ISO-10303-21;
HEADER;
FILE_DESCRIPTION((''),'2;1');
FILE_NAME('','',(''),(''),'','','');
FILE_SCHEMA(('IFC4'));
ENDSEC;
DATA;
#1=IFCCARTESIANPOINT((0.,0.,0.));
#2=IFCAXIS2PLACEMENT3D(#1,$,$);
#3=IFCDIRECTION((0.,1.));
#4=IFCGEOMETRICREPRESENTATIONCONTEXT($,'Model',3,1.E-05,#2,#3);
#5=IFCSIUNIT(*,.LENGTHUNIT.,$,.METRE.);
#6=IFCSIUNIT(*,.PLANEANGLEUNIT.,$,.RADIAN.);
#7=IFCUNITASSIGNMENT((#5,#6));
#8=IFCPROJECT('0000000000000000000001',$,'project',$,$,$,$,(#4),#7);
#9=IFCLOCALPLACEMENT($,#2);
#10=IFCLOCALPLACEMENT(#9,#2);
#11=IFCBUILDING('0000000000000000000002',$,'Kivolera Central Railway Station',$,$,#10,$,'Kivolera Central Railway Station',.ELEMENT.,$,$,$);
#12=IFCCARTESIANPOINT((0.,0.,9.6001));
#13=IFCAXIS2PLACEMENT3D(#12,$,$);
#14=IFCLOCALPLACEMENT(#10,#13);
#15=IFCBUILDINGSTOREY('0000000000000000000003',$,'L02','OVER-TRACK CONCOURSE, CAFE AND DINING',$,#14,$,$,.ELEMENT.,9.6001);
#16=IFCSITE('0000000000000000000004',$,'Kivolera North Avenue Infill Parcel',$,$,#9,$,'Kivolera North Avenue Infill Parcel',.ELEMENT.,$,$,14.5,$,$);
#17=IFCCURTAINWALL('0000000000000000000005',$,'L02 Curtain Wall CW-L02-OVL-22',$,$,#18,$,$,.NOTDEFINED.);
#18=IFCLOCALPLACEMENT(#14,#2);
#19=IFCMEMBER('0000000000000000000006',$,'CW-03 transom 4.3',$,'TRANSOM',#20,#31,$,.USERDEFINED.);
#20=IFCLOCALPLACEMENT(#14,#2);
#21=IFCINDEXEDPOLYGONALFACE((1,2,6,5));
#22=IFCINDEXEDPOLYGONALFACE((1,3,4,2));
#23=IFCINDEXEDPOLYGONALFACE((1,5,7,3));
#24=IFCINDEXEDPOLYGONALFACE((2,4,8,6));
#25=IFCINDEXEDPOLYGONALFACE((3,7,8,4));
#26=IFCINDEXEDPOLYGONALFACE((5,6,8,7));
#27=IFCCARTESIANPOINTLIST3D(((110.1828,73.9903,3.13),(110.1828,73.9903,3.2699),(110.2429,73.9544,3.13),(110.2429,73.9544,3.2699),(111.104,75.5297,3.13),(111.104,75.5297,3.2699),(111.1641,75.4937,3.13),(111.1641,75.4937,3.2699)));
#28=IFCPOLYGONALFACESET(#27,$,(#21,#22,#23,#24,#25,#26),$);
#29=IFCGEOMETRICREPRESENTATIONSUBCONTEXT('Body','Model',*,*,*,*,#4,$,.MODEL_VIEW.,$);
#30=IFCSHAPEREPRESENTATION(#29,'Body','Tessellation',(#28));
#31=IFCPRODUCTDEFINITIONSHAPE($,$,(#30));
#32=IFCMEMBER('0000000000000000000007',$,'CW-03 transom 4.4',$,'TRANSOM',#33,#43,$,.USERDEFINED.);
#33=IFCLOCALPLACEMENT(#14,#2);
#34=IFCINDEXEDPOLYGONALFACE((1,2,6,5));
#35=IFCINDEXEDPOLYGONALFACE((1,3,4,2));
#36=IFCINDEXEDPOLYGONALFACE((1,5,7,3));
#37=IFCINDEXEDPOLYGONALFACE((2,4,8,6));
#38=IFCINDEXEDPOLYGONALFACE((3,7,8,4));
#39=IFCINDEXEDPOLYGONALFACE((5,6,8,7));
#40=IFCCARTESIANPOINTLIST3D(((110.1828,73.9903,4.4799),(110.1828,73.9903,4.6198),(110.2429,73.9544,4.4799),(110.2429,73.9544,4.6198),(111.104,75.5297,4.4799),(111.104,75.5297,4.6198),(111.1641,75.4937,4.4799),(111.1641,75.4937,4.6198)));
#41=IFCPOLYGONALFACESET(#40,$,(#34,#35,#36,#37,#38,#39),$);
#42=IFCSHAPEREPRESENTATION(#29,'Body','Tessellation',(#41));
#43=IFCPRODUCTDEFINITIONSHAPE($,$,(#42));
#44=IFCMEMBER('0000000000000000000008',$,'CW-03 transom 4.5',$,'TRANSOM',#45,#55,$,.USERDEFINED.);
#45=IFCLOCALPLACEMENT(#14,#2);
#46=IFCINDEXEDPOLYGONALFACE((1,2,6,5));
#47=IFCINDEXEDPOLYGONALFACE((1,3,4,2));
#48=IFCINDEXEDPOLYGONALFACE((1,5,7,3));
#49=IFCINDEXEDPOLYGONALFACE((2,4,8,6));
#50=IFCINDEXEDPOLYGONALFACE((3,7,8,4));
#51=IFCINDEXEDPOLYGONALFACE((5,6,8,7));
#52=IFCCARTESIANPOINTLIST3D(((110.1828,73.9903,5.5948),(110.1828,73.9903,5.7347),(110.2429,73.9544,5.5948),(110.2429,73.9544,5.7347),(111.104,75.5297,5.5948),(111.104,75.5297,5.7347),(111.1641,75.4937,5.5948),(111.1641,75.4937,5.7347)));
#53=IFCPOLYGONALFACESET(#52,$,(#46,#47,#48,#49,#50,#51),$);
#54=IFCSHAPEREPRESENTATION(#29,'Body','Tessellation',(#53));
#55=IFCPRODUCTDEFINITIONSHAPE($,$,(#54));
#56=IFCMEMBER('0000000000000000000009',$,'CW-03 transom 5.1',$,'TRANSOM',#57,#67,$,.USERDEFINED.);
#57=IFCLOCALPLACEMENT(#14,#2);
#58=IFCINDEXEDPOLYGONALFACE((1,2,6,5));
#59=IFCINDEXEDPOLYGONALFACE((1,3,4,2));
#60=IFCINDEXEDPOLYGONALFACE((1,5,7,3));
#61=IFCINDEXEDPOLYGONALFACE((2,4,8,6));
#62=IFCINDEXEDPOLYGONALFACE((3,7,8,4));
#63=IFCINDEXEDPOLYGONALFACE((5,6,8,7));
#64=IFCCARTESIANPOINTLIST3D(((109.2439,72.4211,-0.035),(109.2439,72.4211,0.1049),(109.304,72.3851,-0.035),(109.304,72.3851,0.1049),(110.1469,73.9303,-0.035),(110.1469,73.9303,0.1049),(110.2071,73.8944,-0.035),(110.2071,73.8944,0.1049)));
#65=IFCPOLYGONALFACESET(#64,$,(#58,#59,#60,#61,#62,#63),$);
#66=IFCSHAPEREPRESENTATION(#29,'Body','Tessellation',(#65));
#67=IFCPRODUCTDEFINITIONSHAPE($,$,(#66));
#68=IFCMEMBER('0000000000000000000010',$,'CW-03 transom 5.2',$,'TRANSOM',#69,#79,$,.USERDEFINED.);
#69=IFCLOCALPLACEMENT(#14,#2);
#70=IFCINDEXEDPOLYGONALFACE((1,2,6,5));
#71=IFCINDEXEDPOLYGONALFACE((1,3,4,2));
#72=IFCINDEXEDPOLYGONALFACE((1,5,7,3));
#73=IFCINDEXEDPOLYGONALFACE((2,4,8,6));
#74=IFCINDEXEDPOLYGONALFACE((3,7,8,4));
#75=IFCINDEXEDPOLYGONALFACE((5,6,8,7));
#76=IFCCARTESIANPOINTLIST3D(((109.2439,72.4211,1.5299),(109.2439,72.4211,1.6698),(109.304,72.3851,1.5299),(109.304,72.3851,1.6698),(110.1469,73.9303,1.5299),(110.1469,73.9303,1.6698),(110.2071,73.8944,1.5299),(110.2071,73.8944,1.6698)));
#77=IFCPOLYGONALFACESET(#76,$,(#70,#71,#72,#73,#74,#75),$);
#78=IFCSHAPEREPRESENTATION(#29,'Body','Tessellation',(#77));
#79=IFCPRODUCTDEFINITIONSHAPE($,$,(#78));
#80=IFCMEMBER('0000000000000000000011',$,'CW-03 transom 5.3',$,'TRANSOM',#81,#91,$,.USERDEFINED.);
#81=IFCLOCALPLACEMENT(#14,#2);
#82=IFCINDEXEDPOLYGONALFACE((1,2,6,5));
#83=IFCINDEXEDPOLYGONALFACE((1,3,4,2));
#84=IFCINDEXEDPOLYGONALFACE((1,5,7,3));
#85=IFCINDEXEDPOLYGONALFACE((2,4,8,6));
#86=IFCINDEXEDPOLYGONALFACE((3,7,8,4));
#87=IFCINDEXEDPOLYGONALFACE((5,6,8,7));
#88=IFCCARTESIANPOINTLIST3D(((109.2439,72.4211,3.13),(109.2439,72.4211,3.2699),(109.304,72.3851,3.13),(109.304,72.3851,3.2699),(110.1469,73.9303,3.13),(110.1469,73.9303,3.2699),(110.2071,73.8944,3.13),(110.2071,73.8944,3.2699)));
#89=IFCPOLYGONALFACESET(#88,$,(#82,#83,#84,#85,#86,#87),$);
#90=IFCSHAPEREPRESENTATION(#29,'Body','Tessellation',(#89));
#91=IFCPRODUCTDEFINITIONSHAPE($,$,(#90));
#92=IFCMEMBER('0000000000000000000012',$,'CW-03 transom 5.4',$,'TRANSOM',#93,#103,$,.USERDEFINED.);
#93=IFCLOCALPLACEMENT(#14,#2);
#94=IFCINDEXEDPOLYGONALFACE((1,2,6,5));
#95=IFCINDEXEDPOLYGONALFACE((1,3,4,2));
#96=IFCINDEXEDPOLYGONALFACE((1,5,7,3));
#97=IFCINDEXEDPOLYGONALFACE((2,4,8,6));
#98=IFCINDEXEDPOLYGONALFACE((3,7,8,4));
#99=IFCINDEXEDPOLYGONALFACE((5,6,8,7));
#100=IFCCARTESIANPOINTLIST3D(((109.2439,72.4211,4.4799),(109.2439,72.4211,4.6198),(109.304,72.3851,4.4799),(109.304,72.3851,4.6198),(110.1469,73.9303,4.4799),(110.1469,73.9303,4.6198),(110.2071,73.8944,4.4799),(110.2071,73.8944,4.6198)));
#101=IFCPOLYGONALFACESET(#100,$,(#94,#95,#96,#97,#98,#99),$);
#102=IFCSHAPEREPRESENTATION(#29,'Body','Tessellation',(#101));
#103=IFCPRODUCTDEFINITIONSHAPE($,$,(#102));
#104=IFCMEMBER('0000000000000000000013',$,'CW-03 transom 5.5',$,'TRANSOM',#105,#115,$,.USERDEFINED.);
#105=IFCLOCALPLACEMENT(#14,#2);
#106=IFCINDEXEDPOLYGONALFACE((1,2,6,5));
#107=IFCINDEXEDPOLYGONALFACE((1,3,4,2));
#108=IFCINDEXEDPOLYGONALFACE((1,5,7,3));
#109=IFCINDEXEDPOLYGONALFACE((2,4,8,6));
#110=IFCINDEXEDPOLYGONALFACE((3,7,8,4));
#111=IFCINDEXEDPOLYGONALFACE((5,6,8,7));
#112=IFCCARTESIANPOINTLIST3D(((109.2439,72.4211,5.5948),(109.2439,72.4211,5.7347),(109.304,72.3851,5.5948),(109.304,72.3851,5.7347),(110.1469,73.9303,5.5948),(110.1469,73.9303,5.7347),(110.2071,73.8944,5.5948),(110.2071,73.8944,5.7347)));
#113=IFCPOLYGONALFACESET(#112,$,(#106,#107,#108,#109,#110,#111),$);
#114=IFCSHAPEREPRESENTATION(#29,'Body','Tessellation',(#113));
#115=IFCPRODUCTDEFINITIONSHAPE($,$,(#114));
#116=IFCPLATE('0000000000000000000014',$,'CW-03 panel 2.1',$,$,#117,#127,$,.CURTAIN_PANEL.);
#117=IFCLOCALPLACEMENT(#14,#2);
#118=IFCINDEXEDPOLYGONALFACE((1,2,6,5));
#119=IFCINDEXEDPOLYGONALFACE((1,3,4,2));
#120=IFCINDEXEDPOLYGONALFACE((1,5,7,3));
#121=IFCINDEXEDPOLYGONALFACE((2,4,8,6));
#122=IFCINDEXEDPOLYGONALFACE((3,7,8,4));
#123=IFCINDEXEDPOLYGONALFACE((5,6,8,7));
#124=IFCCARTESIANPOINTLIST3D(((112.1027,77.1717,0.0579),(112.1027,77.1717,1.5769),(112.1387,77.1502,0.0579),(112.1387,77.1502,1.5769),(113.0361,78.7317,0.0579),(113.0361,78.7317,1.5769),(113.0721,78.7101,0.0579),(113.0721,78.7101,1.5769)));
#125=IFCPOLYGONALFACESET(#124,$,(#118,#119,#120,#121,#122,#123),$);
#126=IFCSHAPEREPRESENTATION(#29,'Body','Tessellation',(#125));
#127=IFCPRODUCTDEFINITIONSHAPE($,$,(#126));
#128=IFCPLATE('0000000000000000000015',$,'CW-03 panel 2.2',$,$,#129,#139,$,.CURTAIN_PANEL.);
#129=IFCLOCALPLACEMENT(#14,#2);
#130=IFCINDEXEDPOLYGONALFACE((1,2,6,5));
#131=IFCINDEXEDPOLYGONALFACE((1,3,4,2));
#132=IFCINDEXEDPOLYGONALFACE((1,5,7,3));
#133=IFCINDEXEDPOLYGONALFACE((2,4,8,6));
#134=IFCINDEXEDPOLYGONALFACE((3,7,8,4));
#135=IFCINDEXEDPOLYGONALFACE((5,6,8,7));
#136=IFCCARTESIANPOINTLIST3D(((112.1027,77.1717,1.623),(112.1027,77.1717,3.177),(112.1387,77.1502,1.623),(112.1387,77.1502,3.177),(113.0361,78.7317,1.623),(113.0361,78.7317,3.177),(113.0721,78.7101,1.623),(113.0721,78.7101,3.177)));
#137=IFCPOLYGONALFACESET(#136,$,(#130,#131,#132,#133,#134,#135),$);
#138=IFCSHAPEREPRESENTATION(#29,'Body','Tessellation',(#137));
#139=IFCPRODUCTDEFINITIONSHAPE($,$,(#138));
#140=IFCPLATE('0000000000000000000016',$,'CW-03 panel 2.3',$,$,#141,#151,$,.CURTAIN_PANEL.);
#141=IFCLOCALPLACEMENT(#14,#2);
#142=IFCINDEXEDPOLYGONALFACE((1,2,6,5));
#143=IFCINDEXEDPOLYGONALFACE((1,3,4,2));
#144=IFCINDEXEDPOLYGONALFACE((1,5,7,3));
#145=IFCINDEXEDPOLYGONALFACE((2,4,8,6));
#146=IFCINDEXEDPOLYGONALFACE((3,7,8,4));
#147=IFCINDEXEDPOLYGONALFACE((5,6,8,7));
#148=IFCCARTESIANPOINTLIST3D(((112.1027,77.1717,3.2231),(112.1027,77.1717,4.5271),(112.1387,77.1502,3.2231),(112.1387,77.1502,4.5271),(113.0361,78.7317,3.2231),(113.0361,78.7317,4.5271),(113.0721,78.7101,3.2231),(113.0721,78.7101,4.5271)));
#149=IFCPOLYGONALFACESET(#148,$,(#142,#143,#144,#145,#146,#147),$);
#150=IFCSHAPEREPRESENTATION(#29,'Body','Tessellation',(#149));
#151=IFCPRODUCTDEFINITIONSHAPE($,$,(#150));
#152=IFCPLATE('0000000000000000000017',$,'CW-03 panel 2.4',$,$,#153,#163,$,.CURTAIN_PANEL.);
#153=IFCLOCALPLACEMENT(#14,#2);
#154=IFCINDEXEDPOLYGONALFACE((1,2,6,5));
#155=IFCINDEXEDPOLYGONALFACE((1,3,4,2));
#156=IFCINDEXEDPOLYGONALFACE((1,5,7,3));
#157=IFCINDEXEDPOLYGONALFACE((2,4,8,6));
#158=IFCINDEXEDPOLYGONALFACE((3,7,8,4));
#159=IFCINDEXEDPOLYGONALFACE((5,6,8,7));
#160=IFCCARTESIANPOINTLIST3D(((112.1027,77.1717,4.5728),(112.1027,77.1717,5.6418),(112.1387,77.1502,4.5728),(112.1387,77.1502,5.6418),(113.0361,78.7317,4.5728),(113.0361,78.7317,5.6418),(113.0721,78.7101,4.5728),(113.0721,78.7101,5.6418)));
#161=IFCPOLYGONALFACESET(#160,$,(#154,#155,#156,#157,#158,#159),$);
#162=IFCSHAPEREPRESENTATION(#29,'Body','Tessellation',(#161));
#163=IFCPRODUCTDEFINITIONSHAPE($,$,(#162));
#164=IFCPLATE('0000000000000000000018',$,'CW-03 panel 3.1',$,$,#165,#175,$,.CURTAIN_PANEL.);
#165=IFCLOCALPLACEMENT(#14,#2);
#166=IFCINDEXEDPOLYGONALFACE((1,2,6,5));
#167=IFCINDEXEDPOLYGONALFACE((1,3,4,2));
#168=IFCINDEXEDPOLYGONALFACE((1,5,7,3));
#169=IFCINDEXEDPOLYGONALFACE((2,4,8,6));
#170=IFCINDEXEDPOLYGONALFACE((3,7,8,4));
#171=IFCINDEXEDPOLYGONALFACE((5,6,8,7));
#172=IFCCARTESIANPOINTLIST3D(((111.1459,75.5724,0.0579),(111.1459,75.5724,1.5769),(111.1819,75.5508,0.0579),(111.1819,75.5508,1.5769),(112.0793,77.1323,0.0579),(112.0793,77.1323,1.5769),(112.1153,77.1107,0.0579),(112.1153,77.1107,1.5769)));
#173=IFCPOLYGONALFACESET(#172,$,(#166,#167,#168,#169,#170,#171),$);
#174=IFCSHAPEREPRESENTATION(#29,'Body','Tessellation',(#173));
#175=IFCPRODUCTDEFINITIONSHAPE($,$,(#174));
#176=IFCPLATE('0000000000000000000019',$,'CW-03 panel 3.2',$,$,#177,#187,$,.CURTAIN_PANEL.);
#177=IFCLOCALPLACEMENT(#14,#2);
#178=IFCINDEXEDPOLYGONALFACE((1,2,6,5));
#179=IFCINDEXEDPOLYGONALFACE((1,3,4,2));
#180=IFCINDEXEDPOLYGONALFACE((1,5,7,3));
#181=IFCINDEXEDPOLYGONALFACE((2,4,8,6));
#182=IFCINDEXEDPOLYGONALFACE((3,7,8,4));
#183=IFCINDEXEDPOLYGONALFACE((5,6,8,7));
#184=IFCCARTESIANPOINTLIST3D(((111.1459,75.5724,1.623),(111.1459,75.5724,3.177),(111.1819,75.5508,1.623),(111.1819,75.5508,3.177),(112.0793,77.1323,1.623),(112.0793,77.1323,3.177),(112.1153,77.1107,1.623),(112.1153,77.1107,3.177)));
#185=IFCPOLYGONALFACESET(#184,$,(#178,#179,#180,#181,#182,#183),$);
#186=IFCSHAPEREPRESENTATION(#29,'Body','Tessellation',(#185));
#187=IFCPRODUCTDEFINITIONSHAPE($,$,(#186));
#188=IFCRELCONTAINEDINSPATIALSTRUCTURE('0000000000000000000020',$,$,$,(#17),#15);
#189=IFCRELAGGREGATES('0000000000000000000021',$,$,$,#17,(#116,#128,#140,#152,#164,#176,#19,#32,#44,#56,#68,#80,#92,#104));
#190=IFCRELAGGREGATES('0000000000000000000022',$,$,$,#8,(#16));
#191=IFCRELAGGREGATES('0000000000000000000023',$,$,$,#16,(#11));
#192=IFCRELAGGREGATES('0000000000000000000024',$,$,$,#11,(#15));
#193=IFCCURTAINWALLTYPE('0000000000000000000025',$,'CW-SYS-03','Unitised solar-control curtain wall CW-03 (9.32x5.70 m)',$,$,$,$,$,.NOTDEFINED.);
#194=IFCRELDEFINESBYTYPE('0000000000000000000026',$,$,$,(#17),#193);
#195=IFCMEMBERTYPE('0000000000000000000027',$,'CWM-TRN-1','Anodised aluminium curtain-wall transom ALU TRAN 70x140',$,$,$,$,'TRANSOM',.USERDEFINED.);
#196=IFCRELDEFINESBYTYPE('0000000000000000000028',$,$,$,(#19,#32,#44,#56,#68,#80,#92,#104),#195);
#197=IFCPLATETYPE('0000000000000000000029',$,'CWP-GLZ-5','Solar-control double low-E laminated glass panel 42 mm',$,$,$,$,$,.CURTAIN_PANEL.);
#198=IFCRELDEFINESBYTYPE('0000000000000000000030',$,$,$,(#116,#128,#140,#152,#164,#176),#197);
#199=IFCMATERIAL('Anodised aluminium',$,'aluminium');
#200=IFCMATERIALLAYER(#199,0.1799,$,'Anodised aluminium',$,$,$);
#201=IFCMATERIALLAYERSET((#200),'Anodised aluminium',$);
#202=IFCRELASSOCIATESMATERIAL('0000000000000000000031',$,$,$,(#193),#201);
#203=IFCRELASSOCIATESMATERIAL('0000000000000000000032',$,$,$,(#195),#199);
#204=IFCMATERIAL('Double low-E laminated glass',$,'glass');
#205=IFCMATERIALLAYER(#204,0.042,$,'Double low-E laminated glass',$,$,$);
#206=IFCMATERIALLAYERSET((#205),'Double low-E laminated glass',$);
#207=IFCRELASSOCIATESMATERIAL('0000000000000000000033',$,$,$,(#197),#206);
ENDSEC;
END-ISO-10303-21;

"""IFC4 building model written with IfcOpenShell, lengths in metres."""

from ifc_helpers import new_model, si_unit, direction, frame, origin, origin_2d, place, context, subcontext, project, spatial, rectangle, extrude, material, layer, layer_set, material_profile, profile_set, type_object, element, aggregate, save


model = new_model("IFC4")

# Units and contexts
model_context = context("Model", 3, precision=1e-05, world=origin(), true_north=direction((0.0, 1.0)))
body_context = subcontext(model_context, "Body", "Model", "MODEL_VIEW")
ifc_project = project(units=[si_unit("LENGTHUNIT", "METRE"), si_unit("PLANEANGLEUNIT", "RADIAN")], contexts=[model_context])

# Site, building, storey
site_placement = place(None, origin())
site = spatial("IfcSite", under=ifc_project, at=site_placement, Name="Kivolera North Avenue Infill Parcel", LongName="Kivolera North Avenue Infill Parcel", CompositionType="ELEMENT", RefElevation=14.5)
building_placement = place(site_placement, origin())
building = spatial("IfcBuilding", under=site, at=building_placement, Name="Kivolera Central Railway Station", LongName="Kivolera Central Railway Station", CompositionType="ELEMENT")
storey_placement = place(building_placement, frame((0.0, 0.0, 9.6001)))
storey = spatial("IfcBuildingStorey", under=building, at=storey_placement, Name="L02", Description="OVER-TRACK CONCOURSE, CAFE AND DINING", CompositionType="ELEMENT", Elevation=9.6001)

# Curtain wall, members, plates
ifc_material_1 = material(Name="Anodised aluminium", Category="aluminium")
ifc_layer_1 = layer(ifc_material_1, 0.1799, Name="Anodised aluminium")
ifc_layer_set_1 = layer_set([ifc_layer_1], Name="Anodised aluminium")
curtain_wall_type = type_object("IfcCurtainWallType", Name="CW-SYS-03", Description="Unitised solar-control curtain wall CW-03 (9.32x5.70 m)", PredefinedType="NOTDEFINED", material=ifc_layer_set_1)
curtain_wall_placement = place(storey_placement, origin())
curtain_wall = element("IfcCurtainWall", 1, at=curtain_wall_placement, inside=storey, type_object=curtain_wall_type, Name="L02 Curtain Wall CW-L02-OVL-22", PredefinedType="NOTDEFINED")
ifc_material_profile_1 = material_profile(ifc_material_1, rectangle(XDim=0.0701, YDim=0.1399, at=origin_2d()), Name="ALU TRAN 70x140")
ifc_profile_set_1 = profile_set([ifc_material_profile_1], Name="Anodised aluminium")
member_type_1 = type_object("IfcMemberType", Name="CWM-TRN-1", Description="Anodised aluminium curtain-wall transom ALU TRAN 70x140", ElementType="TRANSOM", PredefinedType="USERDEFINED", material=ifc_profile_set_1)
member_1_placement = place(storey_placement, frame((111.134, 75.5117, 3.2), z_axis=(-0.513495, -0.858093, 0.0), x_axis=(0.858093, -0.513495, 0.0)))
member_1 = element("IfcMember", 2, at=member_1_placement, type_object=member_type_1, Name="CW-03 transom 4.3", ObjectType="TRANSOM", PredefinedType="USERDEFINED", context=body_context, shape_type="SweptSolid", body=[
    extrude(rectangle(XDim=0.0701, YDim=0.1399, at=origin_2d()), origin(), (0.0, 0.0, 1.0), 1.7939),
])
member_2_placement = place(storey_placement, frame((111.134, 75.5117, 4.5498), z_axis=(-0.513495, -0.858093, 0.0), x_axis=(0.858093, -0.513495, 0.0)))
member_2 = element("IfcMember", 3, at=member_2_placement, type_object=member_type_1, Name="CW-03 transom 4.4", ObjectType="TRANSOM", PredefinedType="USERDEFINED", context=body_context, shape_type="SweptSolid", body=[
    extrude(rectangle(XDim=0.0701, YDim=0.1399, at=origin_2d()), origin(), (0.0, 0.0, 1.0), 1.7939),
])
member_3_placement = place(storey_placement, frame((111.134, 75.5117, 5.6648), z_axis=(-0.513495, -0.858093, 0.0), x_axis=(0.858093, -0.513495, 0.0)))
member_3 = element("IfcMember", 4, at=member_3_placement, type_object=member_type_1, Name="CW-03 transom 4.5", ObjectType="TRANSOM", PredefinedType="USERDEFINED", context=body_context, shape_type="SweptSolid", body=[
    extrude(rectangle(XDim=0.0701, YDim=0.1399, at=origin_2d()), origin(), (0.0, 0.0, 1.0), 1.7939),
])
member_4_placement = place(storey_placement, frame((110.177, 73.9124, 0.0349), z_axis=(-0.513454, -0.858117, 0.0), x_axis=(0.858117, -0.513454, 0.0)))
member_4 = element("IfcMember", 5, at=member_4_placement, type_object=member_type_1, Name="CW-03 transom 5.1", ObjectType="TRANSOM", PredefinedType="USERDEFINED", context=body_context, shape_type="SweptSolid", body=[
    extrude(rectangle(XDim=0.0701, YDim=0.1399, at=origin_2d()), origin(), (0.0, 0.0, 1.0), 1.7588),
])
member_5_placement = place(storey_placement, frame((110.177, 73.9124, 1.5999), z_axis=(-0.513454, -0.858117, 0.0), x_axis=(0.858117, -0.513454, 0.0)))
member_5 = element("IfcMember", 6, at=member_5_placement, type_object=member_type_1, Name="CW-03 transom 5.2", ObjectType="TRANSOM", PredefinedType="USERDEFINED", context=body_context, shape_type="SweptSolid", body=[
    extrude(rectangle(XDim=0.0701, YDim=0.1399, at=origin_2d()), origin(), (0.0, 0.0, 1.0), 1.7588),
])
member_6_placement = place(storey_placement, frame((110.177, 73.9124, 3.2), z_axis=(-0.513454, -0.858117, 0.0), x_axis=(0.858117, -0.513454, 0.0)))
member_6 = element("IfcMember", 7, at=member_6_placement, type_object=member_type_1, Name="CW-03 transom 5.3", ObjectType="TRANSOM", PredefinedType="USERDEFINED", context=body_context, shape_type="SweptSolid", body=[
    extrude(rectangle(XDim=0.0701, YDim=0.1399, at=origin_2d()), origin(), (0.0, 0.0, 1.0), 1.7588),
])
member_7_placement = place(storey_placement, frame((110.177, 73.9124, 4.5498), z_axis=(-0.513454, -0.858117, 0.0), x_axis=(0.858117, -0.513454, 0.0)))
member_7 = element("IfcMember", 8, at=member_7_placement, type_object=member_type_1, Name="CW-03 transom 5.4", ObjectType="TRANSOM", PredefinedType="USERDEFINED", context=body_context, shape_type="SweptSolid", body=[
    extrude(rectangle(XDim=0.0701, YDim=0.1399, at=origin_2d()), origin(), (0.0, 0.0, 1.0), 1.7588),
])
member_8_placement = place(storey_placement, frame((110.177, 73.9124, 5.6648), z_axis=(-0.513454, -0.858117, 0.0), x_axis=(0.858117, -0.513454, 0.0)))
member_8 = element("IfcMember", 9, at=member_8_placement, type_object=member_type_1, Name="CW-03 transom 5.5", ObjectType="TRANSOM", PredefinedType="USERDEFINED", context=body_context, shape_type="SweptSolid", body=[
    extrude(rectangle(XDim=0.0701, YDim=0.1399, at=origin_2d()), origin(), (0.0, 0.0, 1.0), 1.7588),
])
ifc_material_2 = material(Name="Double low-E laminated glass", Category="glass")
ifc_layer_2 = layer(ifc_material_2, 0.042, Name="Double low-E laminated glass")
ifc_layer_set_2 = layer_set([ifc_layer_2], Name="Double low-E laminated glass")
plate_type = type_object("IfcPlateType", Name="CWP-GLZ-5", Description="Solar-control double low-E laminated glass panel 42 mm", PredefinedType="CURTAIN_PANEL", material=ifc_layer_set_2)
plate_1_placement = place(storey_placement, frame((112.5874, 77.9409, 0.0579), z_axis=(0.0, 0.0, 1.0), x_axis=(-0.513454, -0.858117, 0.0)))
plate_1 = element("IfcPlate", 10, at=plate_1_placement, type_object=plate_type, Name="CW-03 panel 2.1", PredefinedType="CURTAIN_PANEL", context=body_context, shape_type="SweptSolid", body=[
    extrude(rectangle(XDim=1.8179, YDim=0.042, at=origin_2d()), origin(), (0.0, 0.0, 1.0), 1.519),
])
plate_2_placement = place(storey_placement, frame((112.5874, 77.9409, 1.623), z_axis=(0.0, 0.0, 1.0), x_axis=(-0.513454, -0.858117, 0.0)))
plate_2 = element("IfcPlate", 11, at=plate_2_placement, type_object=plate_type, Name="CW-03 panel 2.2", PredefinedType="CURTAIN_PANEL", context=body_context, shape_type="SweptSolid", body=[
    extrude(rectangle(XDim=1.8179, YDim=0.042, at=origin_2d()), origin(), (0.0, 0.0, 1.0), 1.554),
])
plate_3_placement = place(storey_placement, frame((112.5874, 77.9409, 3.2231), z_axis=(0.0, 0.0, 1.0), x_axis=(-0.513454, -0.858117, 0.0)))
plate_3 = element("IfcPlate", 12, at=plate_3_placement, type_object=plate_type, Name="CW-03 panel 2.3", PredefinedType="CURTAIN_PANEL", context=body_context, shape_type="SweptSolid", body=[
    extrude(rectangle(XDim=1.8179, YDim=0.042, at=origin_2d()), origin(), (0.0, 0.0, 1.0), 1.304),
])
plate_4_placement = place(storey_placement, frame((112.5874, 77.9409, 4.5728), z_axis=(0.0, 0.0, 1.0), x_axis=(-0.513454, -0.858117, 0.0)))
plate_4 = element("IfcPlate", 13, at=plate_4_placement, type_object=plate_type, Name="CW-03 panel 2.4", PredefinedType="CURTAIN_PANEL", context=body_context, shape_type="SweptSolid", body=[
    extrude(rectangle(XDim=1.8179, YDim=0.042, at=origin_2d()), origin(), (0.0, 0.0, 1.0), 1.0691),
])
plate_5_placement = place(storey_placement, frame((111.6306, 76.3416, 0.0579), z_axis=(0.0, 0.0, 1.0), x_axis=(-0.513454, -0.858117, 0.0)))
plate_5 = element("IfcPlate", 14, at=plate_5_placement, type_object=plate_type, Name="CW-03 panel 3.1", PredefinedType="CURTAIN_PANEL", context=body_context, shape_type="SweptSolid", body=[
    extrude(rectangle(XDim=1.8179, YDim=0.042, at=origin_2d()), origin(), (0.0, 0.0, 1.0), 1.519),
])
plate_6_placement = place(storey_placement, frame((111.6306, 76.3416, 1.623), z_axis=(0.0, 0.0, 1.0), x_axis=(-0.513454, -0.858117, 0.0)))
plate_6 = element("IfcPlate", 15, at=plate_6_placement, type_object=plate_type, Name="CW-03 panel 3.2", PredefinedType="CURTAIN_PANEL", context=body_context, shape_type="SweptSolid", body=[
    extrude(rectangle(XDim=1.8179, YDim=0.042, at=origin_2d()), origin(), (0.0, 0.0, 1.0), 1.554),
])
aggregate(curtain_wall, [plate_1, plate_2, plate_3, plate_4, plate_5, plate_6, member_1, member_2, member_3, member_4, member_5, member_6, member_7, member_8])

save(model, "model.ifc")
